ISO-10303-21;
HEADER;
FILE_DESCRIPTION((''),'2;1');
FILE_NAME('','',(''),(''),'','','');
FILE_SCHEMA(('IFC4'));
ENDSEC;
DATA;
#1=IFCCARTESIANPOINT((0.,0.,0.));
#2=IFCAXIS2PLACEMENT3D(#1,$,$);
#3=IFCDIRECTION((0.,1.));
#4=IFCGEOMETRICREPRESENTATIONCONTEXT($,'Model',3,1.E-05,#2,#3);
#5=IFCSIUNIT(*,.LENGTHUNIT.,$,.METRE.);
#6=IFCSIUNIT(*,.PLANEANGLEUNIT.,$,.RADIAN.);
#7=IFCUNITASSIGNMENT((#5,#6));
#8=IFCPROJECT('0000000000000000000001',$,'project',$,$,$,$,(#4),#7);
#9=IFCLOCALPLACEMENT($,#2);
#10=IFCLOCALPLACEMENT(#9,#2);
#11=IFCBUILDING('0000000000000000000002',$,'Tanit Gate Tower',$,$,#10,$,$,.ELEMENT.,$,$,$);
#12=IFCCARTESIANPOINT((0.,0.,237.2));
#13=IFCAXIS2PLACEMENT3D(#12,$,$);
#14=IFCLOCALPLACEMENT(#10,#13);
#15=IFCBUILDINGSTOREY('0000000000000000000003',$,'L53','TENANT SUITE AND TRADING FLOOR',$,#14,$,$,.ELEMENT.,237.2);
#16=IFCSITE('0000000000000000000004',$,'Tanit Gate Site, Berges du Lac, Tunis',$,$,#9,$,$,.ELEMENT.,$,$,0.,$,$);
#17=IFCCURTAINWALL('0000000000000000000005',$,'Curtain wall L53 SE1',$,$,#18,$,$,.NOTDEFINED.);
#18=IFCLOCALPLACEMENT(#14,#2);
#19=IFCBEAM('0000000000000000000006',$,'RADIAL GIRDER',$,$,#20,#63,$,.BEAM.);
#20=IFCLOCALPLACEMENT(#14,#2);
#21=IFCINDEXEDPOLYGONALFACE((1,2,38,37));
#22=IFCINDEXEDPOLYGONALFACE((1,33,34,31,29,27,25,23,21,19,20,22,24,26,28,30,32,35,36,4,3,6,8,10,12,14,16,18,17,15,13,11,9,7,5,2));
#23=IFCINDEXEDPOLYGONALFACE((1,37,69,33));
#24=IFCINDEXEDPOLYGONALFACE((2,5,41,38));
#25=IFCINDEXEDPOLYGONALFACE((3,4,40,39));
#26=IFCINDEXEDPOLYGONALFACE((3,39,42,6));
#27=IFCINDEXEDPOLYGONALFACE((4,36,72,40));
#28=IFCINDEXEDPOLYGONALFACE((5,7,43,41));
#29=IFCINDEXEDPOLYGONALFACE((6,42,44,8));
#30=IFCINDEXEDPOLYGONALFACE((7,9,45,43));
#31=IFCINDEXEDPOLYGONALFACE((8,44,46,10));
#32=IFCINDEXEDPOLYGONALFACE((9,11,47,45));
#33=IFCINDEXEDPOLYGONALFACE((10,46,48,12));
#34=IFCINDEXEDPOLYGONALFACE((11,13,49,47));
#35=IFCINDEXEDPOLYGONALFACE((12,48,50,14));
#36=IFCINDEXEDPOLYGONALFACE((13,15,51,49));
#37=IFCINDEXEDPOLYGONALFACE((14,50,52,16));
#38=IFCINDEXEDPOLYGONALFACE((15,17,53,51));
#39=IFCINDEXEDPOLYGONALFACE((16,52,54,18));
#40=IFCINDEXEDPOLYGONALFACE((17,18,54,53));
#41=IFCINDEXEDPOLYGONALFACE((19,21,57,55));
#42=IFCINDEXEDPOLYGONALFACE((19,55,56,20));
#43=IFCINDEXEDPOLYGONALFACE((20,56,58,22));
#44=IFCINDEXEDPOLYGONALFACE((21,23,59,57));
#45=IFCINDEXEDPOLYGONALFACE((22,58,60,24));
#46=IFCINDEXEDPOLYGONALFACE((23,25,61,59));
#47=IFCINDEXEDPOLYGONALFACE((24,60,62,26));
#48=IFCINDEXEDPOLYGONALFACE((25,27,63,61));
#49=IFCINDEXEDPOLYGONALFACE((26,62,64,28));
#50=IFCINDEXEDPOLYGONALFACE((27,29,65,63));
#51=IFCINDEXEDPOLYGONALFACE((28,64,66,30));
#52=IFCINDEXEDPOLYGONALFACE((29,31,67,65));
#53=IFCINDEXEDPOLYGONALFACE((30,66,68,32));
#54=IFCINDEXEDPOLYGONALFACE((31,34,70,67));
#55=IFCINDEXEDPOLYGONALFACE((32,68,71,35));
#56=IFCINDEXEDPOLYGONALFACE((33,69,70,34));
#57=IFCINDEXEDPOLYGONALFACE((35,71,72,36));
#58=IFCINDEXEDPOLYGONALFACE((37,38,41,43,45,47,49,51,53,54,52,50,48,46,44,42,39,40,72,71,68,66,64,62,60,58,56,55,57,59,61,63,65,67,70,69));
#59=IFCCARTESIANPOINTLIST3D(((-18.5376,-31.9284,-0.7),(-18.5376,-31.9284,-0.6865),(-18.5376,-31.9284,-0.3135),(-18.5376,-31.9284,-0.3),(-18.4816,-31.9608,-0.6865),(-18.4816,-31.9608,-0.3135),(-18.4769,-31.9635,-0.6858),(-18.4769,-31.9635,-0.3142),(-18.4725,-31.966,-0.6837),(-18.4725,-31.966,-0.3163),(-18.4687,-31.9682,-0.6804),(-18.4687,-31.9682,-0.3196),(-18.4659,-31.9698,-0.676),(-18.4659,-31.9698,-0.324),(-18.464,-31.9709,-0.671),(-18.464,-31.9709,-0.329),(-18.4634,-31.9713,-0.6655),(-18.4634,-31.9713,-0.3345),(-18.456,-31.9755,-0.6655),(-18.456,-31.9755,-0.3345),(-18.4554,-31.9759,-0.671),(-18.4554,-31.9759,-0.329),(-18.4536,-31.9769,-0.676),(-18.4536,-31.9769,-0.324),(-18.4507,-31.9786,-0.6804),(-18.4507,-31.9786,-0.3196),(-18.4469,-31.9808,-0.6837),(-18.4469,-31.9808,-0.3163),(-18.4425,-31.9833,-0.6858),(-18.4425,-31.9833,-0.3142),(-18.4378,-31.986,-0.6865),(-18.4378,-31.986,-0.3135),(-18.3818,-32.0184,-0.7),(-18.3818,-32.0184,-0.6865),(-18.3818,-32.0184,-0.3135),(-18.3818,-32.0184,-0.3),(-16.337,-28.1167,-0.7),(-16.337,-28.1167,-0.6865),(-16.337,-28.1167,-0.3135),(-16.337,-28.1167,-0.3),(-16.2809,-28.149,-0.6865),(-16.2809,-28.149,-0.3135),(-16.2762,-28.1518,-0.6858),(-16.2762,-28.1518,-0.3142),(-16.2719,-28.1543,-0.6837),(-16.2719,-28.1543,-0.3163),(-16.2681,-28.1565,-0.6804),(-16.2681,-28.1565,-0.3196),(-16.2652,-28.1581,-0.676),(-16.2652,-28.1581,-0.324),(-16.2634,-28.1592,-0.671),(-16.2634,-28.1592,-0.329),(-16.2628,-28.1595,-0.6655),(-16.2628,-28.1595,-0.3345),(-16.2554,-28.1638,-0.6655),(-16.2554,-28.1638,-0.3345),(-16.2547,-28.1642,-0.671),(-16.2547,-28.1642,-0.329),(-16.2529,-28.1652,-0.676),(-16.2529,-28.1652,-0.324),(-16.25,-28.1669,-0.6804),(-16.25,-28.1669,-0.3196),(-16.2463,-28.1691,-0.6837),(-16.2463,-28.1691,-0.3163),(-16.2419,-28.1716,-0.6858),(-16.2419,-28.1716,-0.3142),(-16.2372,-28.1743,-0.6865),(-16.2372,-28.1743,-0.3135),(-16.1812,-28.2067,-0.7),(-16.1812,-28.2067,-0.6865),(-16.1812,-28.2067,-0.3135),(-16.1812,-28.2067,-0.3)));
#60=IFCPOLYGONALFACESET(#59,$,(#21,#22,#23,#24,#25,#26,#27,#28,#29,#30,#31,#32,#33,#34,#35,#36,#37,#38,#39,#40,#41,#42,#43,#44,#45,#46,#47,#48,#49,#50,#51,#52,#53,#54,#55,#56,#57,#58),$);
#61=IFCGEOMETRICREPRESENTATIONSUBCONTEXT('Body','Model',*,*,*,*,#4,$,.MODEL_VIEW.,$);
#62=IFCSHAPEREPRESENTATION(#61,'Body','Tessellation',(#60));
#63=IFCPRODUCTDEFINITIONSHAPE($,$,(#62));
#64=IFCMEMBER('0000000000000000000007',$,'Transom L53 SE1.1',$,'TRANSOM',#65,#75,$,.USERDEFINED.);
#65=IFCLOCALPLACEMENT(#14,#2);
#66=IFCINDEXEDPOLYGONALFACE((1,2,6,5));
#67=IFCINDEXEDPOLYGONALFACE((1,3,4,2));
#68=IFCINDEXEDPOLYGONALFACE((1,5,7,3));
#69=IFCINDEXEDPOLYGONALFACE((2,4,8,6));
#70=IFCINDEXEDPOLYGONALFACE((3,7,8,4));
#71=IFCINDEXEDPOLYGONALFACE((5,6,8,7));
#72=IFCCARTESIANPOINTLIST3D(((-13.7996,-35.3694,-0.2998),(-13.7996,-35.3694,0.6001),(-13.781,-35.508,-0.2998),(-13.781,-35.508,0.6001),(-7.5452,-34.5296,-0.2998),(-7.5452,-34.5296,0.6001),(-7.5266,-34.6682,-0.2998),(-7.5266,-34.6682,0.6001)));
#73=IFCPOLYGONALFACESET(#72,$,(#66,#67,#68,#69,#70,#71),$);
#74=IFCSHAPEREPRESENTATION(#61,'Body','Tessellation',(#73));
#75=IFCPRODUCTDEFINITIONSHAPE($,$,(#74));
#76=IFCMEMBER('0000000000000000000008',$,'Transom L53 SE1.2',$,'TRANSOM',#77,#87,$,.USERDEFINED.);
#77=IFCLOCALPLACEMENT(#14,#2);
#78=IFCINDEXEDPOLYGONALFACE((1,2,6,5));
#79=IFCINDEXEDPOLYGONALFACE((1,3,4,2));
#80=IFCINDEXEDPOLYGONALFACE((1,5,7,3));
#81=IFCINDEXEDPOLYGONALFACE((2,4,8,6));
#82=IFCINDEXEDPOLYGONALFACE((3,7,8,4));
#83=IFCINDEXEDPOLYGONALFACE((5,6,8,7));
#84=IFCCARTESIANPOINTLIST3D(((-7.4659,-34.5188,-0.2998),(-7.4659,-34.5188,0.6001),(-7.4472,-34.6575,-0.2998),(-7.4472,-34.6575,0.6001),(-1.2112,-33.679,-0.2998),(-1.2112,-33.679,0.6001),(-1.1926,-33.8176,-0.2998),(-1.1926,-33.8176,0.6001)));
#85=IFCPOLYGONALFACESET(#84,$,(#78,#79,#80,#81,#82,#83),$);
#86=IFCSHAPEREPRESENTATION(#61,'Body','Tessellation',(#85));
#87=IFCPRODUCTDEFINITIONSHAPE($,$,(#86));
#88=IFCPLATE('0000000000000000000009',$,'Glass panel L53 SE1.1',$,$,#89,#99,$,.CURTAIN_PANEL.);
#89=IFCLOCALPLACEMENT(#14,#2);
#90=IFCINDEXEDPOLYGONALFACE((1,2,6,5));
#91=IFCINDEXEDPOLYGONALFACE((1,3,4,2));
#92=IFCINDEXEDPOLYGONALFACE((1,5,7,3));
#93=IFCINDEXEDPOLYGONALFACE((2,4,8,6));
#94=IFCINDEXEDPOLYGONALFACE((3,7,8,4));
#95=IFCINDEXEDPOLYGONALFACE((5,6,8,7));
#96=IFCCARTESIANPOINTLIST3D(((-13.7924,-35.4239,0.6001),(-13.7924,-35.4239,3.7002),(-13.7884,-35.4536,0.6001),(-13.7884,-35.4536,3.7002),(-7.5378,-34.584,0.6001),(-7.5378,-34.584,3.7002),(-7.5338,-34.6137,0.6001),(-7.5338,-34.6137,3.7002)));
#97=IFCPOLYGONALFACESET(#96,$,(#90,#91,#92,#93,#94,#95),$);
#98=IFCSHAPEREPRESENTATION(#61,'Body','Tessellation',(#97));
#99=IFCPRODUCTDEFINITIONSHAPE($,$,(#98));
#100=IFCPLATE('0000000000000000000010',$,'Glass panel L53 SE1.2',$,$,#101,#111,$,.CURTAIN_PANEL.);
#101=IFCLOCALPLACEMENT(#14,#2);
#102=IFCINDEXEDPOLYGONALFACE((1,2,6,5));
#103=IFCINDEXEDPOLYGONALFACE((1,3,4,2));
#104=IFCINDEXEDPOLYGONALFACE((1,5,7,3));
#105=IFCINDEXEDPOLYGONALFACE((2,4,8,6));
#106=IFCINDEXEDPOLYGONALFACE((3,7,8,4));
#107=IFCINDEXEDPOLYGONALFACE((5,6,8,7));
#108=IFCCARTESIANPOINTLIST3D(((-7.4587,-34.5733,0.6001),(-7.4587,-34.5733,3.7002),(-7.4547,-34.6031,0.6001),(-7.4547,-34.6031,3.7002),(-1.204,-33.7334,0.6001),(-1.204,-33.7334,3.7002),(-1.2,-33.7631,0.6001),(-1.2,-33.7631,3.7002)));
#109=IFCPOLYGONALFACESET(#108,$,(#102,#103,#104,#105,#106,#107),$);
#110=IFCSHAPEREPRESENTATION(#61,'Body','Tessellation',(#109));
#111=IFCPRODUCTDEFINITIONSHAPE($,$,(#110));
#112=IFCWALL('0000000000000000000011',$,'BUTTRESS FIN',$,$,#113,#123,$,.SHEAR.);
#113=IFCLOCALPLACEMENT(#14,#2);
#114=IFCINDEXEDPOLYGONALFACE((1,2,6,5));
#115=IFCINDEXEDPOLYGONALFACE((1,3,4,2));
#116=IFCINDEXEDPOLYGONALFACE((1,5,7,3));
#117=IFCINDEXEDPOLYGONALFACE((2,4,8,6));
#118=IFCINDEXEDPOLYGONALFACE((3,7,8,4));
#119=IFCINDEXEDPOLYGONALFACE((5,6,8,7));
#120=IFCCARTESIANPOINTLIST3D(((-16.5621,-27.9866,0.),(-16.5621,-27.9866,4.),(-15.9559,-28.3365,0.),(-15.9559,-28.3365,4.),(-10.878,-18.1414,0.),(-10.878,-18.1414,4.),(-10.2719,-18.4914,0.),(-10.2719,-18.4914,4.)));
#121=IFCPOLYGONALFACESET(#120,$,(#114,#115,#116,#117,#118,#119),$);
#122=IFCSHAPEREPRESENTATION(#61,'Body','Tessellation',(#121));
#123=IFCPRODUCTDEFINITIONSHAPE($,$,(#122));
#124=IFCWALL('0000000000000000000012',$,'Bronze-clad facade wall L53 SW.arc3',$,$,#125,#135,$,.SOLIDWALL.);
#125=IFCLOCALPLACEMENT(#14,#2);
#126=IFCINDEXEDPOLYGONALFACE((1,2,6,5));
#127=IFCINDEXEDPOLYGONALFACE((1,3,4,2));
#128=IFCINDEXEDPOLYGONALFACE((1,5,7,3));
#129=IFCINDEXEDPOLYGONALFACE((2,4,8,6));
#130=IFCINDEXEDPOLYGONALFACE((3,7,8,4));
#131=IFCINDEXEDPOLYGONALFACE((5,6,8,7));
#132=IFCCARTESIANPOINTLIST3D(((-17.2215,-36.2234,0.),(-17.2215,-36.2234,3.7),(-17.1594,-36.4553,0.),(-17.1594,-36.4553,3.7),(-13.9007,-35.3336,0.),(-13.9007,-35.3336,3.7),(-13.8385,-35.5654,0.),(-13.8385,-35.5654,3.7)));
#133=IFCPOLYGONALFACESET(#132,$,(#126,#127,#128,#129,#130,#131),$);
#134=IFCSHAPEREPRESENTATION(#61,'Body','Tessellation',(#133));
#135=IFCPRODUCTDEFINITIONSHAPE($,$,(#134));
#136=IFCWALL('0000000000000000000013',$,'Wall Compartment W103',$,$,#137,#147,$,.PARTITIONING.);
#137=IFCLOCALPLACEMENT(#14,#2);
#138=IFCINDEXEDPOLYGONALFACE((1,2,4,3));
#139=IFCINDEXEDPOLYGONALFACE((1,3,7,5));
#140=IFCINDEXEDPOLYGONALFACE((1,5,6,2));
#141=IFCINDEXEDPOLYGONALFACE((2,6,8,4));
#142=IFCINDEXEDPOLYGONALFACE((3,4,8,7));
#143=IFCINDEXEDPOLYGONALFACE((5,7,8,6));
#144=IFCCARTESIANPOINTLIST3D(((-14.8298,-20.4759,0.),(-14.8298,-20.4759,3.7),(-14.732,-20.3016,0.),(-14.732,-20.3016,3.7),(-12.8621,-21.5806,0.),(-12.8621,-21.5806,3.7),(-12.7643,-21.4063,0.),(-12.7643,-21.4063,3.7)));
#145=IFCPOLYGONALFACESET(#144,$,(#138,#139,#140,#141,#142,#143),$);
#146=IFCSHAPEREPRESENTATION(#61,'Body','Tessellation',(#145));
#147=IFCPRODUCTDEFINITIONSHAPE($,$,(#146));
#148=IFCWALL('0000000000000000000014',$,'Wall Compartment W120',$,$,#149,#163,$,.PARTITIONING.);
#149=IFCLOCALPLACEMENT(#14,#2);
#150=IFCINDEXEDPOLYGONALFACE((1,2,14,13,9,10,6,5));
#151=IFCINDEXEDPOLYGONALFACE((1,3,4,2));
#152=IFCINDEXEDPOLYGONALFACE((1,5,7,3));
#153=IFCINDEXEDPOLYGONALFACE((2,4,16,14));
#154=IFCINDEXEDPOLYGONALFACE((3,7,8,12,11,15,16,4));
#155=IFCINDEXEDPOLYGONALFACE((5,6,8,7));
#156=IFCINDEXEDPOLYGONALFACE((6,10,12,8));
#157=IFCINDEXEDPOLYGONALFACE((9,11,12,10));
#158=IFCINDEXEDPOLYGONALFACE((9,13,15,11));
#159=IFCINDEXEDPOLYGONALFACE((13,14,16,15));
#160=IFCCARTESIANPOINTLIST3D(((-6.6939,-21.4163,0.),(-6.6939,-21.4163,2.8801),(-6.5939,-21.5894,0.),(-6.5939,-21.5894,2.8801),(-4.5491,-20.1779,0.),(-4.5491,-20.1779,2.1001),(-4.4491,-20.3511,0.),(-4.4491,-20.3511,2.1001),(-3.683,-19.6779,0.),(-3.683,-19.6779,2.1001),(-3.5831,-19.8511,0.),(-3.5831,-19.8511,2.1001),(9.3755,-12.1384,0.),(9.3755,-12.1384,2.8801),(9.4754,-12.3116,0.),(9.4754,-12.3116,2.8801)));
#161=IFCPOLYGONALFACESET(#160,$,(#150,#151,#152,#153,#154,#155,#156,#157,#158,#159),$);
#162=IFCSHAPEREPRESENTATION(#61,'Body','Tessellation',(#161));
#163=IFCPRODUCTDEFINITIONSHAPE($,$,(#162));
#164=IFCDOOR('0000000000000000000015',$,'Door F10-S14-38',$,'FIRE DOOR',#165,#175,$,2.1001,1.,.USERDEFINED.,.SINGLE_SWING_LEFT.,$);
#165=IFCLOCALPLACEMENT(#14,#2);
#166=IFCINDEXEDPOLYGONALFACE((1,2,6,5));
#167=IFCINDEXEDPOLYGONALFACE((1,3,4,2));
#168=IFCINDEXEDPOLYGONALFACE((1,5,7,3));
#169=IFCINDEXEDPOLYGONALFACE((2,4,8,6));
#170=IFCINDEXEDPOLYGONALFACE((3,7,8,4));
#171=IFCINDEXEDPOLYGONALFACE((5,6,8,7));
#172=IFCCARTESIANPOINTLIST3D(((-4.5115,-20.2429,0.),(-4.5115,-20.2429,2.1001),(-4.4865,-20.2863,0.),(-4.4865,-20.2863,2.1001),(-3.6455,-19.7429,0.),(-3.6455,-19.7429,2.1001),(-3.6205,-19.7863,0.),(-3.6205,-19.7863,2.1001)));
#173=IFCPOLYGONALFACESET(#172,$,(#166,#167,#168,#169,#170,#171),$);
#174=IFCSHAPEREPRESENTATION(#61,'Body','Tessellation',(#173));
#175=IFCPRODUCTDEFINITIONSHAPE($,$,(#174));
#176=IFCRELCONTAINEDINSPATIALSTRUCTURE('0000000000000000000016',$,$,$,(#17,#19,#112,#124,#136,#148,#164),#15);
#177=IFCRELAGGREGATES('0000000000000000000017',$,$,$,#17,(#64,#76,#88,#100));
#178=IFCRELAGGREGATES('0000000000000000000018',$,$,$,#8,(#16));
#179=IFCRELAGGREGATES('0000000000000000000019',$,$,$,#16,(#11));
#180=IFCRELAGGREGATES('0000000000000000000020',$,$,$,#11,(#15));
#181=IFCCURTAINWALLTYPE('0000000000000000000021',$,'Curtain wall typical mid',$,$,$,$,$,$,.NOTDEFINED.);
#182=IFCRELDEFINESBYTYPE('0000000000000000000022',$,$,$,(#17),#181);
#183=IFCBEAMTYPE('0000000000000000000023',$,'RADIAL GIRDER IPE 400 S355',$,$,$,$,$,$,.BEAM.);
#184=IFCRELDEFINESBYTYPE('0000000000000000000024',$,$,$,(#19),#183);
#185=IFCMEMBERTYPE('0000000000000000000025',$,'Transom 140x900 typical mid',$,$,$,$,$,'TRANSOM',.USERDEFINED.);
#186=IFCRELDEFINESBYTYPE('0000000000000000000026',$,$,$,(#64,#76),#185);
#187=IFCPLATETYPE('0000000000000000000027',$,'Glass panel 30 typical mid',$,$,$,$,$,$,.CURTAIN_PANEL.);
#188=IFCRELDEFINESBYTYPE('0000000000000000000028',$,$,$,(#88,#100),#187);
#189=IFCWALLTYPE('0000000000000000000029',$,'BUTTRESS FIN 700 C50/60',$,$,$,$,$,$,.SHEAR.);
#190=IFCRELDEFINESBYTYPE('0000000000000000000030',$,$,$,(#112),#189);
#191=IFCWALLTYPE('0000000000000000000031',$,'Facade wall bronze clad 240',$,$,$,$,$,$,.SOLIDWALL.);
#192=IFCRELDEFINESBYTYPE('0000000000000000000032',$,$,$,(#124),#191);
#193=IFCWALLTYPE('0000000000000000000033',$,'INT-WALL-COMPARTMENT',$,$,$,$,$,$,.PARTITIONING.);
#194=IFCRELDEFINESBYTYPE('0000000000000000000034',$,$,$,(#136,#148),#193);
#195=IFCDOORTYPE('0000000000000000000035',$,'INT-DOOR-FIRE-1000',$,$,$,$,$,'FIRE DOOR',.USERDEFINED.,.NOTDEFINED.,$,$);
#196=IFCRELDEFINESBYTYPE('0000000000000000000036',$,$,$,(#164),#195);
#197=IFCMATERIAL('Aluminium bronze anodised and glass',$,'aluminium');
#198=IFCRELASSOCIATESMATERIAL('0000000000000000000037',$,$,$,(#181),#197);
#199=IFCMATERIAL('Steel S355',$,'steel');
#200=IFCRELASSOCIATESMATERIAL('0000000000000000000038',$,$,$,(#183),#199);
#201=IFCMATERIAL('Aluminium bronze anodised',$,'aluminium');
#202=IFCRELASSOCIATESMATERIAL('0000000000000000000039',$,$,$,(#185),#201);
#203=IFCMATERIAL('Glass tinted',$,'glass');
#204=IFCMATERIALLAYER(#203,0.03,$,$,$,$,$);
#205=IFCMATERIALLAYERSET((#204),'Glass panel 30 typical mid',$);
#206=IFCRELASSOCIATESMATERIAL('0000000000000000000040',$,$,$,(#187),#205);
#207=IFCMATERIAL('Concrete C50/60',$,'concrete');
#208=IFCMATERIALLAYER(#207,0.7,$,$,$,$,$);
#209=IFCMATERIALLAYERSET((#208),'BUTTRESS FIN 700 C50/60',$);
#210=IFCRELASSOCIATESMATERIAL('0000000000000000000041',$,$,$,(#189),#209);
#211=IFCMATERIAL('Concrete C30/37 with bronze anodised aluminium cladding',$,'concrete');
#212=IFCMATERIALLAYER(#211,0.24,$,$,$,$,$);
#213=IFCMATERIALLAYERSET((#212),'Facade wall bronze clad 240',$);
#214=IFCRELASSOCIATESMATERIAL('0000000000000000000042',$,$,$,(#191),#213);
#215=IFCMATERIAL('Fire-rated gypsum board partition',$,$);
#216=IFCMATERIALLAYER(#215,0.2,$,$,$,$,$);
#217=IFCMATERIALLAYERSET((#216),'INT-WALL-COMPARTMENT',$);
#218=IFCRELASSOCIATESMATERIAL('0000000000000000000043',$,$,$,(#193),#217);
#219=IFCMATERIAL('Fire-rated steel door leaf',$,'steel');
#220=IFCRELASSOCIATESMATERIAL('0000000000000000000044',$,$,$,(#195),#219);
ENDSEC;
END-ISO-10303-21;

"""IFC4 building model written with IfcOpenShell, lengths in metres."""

from ifc_helpers import new_model, si_unit, direction, frame, frame_2d, origin, origin_2d, place, context, subcontext, project, spatial, rectangle, i_section, extrude, material, layer, layer_set, material_profile, profile_set, type_object, element, fill, aggregate, save


model = new_model("IFC4")

# Units and contexts
model_context = context("Model", 3, precision=1e-05, world=origin(), true_north=direction((0.0, 1.0)))
body_context = subcontext(model_context, "Body", "Model", "MODEL_VIEW")
ifc_project = project(units=[si_unit("LENGTHUNIT", "METRE"), si_unit("PLANEANGLEUNIT", "RADIAN")], contexts=[model_context])

# Site, building, storey
site_placement = place(None, origin())
site = spatial("IfcSite", under=ifc_project, at=site_placement, Name="Tanit Gate Site, Berges du Lac, Tunis", CompositionType="ELEMENT", RefElevation=0.0)
building_placement = place(site_placement, origin())
building = spatial("IfcBuilding", under=site, at=building_placement, Name="Tanit Gate Tower", CompositionType="ELEMENT")
storey_placement = place(building_placement, frame((0.0, 0.0, 237.2)))
storey = spatial("IfcBuildingStorey", under=building, at=storey_placement, Name="L53", Description="TENANT SUITE AND TRADING FLOOR", CompositionType="ELEMENT", Elevation=237.2)

# Curtain wall
ifc_material_1 = material(Name="Aluminium bronze anodised and glass", Category="aluminium")
curtain_wall_type = type_object("IfcCurtainWallType", Name="Curtain wall typical mid", PredefinedType="NOTDEFINED", material=ifc_material_1)
curtain_wall_placement = place(storey_placement, origin())
curtain_wall = element("IfcCurtainWall", 1, at=curtain_wall_placement, inside=storey, type_object=curtain_wall_type, Name="Curtain wall L53 SE1", PredefinedType="NOTDEFINED")

# Beam
ifc_material_2 = material(Name="Steel S355", Category="steel")
ifc_material_profile_1 = material_profile(ifc_material_2, i_section(OverallWidth=0.1799, OverallDepth=0.3999, WebThickness=0.0085, FlangeThickness=0.0134, FilletRadius=0.021, at=origin_2d()), Name="IPE 400")
ifc_profile_set_1 = profile_set([ifc_material_profile_1], Name="Steel S355")
beam_type_1 = type_object("IfcBeamType", Name="RADIAL GIRDER IPE 400 S355", PredefinedType="BEAM", material=ifc_profile_set_1)
beam_1_placement = place(storey_placement, frame((-18.4597, -31.9734, -0.5), z_axis=(0.499993, 0.866029, 0.0), x_axis=(-0.866029, 0.499993, 0.0)))
element("IfcBeam", 2, at=beam_1_placement, inside=storey, type_object=beam_type_1, Name="RADIAL GIRDER", PredefinedType="BEAM", context=body_context, shape_type="SweptSolid", body=[
    extrude(i_section(OverallWidth=0.1799, OverallDepth=0.3999, WebThickness=0.0085, FlangeThickness=0.0134, FilletRadius=0.021, at=origin_2d()), origin(), (0.0, 0.0, 1.0), 4.4014),
])

# Members
ifc_material_3 = material(Name="Aluminium bronze anodised", Category="aluminium")
ifc_material_profile_2 = material_profile(ifc_material_3, rectangle(XDim=0.1399, YDim=0.8999, at=origin_2d()), Name="140x900 bronze transom")
ifc_profile_set_2 = profile_set([ifc_material_profile_2], Name="Aluminium bronze anodised")
member_type_1 = type_object("IfcMemberType", Name="Transom 140x900 typical mid", ElementType="TRANSOM", PredefinedType="USERDEFINED", material=ifc_profile_set_2)
member_1_placement = place(storey_placement, frame((-13.7903, -35.4387, 0.1501), z_axis=(0.991104, 0.133086, 0.0), x_axis=(-0.133086, 0.991104, 0.0)))
member_1 = element("IfcMember", 3, at=member_1_placement, type_object=member_type_1, Name="Transom L53 SE1.1", ObjectType="TRANSOM", PredefinedType="USERDEFINED", context=body_context, shape_type="SweptSolid", body=[
    extrude(rectangle(XDim=0.1399, YDim=0.8999, at=origin_2d()), origin(), (0.0, 0.0, 1.0), 6.3105),
])
member_2_placement = place(storey_placement, frame((-7.4565, -34.5881, 0.1501), z_axis=(0.991105, 0.133081, 0.0), x_axis=(-0.133081, 0.991105, 0.0)))
member_2 = element("IfcMember", 4, at=member_2_placement, type_object=member_type_1, Name="Transom L53 SE1.2", ObjectType="TRANSOM", PredefinedType="USERDEFINED", context=body_context, shape_type="SweptSolid", body=[
    extrude(rectangle(XDim=0.1399, YDim=0.8999, at=origin_2d()), origin(), (0.0, 0.0, 1.0), 6.3108),
])

# Plates
ifc_material_4 = material(Name="Glass tinted", Category="glass")
ifc_layer_1 = layer(ifc_material_4, 0.03)
ifc_layer_set_1 = layer_set([ifc_layer_1], Name="Glass panel 30 typical mid")
plate_type = type_object("IfcPlateType", Name="Glass panel 30 typical mid", PredefinedType="CURTAIN_PANEL", material=ifc_layer_set_1)
plate_1_placement = place(storey_placement, frame((-10.6631, -35.0188, 0.6001), z_axis=(0.0, 0.0, 1.0), x_axis=(0.991104, 0.133092, 0.0)))
plate_1 = element("IfcPlate", 5, at=plate_1_placement, type_object=plate_type, Name="Glass panel L53 SE1.1", PredefinedType="CURTAIN_PANEL", context=body_context, shape_type="SweptSolid", body=[
    extrude(rectangle(XDim=6.3108, YDim=0.03, at=origin_2d()), origin(), (0.0, 0.0, 1.0), 3.1001),
])
plate_2_placement = place(storey_placement, frame((-4.3293, -34.1682, 0.6001), z_axis=(0.0, 0.0, 1.0), x_axis=(0.991104, 0.133092, 0.0)))
plate_2 = element("IfcPlate", 6, at=plate_2_placement, type_object=plate_type, Name="Glass panel L53 SE1.2", PredefinedType="CURTAIN_PANEL", context=body_context, shape_type="SweptSolid", body=[
    extrude(rectangle(XDim=6.3108, YDim=0.03, at=origin_2d()), origin(), (0.0, 0.0, 1.0), 3.1001),
])
aggregate(curtain_wall, [member_1, member_2, plate_1, plate_2])

# Wall
ifc_material_5 = material(Name="Concrete C50/60", Category="concrete")
ifc_layer_2 = layer(ifc_material_5, 0.7)
ifc_layer_set_2 = layer_set([ifc_layer_2], Name="BUTTRESS FIN 700 C50/60")
wall_type_1 = type_object("IfcWallType", Name="BUTTRESS FIN 700 C50/60", PredefinedType="SHEAR", material=ifc_layer_set_2)
wall_1_placement = place(storey_placement, frame((-10.575, -18.3164, 0.0), z_axis=(0.0, 0.0, 1.0), x_axis=(-0.499996, -0.866028, 0.0)))
element("IfcWall", 7, at=wall_1_placement, inside=storey, type_object=wall_type_1, Name="BUTTRESS FIN", PredefinedType="SHEAR", context=body_context, shape_type="SweptSolid", body=[
    extrude(rectangle(XDim=11.3682, YDim=0.7, at=frame_2d((5.6841, 0.0))), origin(), (0.0, 0.0, 1.0), 4.0),
])

# Walls
ifc_material_6 = material(Name="Concrete C30/37 with bronze anodised aluminium cladding", Category="concrete")
ifc_layer_3 = layer(ifc_material_6, 0.24)
ifc_layer_set_3 = layer_set([ifc_layer_3], Name="Facade wall bronze clad 240")
wall_type_2 = type_object("IfcWallType", Name="Facade wall bronze clad 240", PredefinedType="SOLIDWALL", material=ifc_layer_set_3)
wall_2_placement = place(storey_placement, frame((-17.1904, -36.3394, 0.0), z_axis=(0.0, 0.0, 1.0), x_axis=(0.96592, 0.258843, 0.0)))
element("IfcWall", 8, at=wall_2_placement, inside=storey, type_object=wall_type_2, Name="Bronze-clad facade wall L53 SW.arc3", PredefinedType="SOLIDWALL", context=body_context, shape_type="SweptSolid", body=[
    extrude(rectangle(XDim=3.438, YDim=0.24, at=frame_2d((1.719, 0.0))), origin(), (0.0, 0.0, 1.0), 3.7),
])
ifc_material_7 = material(Name="Fire-rated gypsum board partition")
ifc_layer_4 = layer(ifc_material_7, 0.2)
ifc_layer_set_4 = layer_set([ifc_layer_4], Name="INT-WALL-COMPARTMENT")
wall_type_3 = type_object("IfcWallType", Name="INT-WALL-COMPARTMENT", PredefinedType="PARTITIONING", material=ifc_layer_set_4)
wall_3_placement = place(storey_placement, frame((-14.781, -20.3887, 0.0), z_axis=(0.0, 0.0, 1.0), x_axis=(0.87198, -0.489542, 0.0)))
element("IfcWall", 9, at=wall_3_placement, inside=storey, type_object=wall_type_3, Name="Wall Compartment W103", PredefinedType="PARTITIONING", context=body_context, shape_type="SweptSolid", body=[
    extrude(rectangle(XDim=2.2566, YDim=0.2, at=frame_2d((1.1284, 0.0))), origin(), (0.0, 0.0, 1.0), 3.7),
])

# Wall, opening, door
wall_4_placement = place(storey_placement, frame((-6.644, -21.5029, 0.0), z_axis=(0.0, 0.0, 1.0), x_axis=(0.866021, 0.500008, 0.0)))
wall_4 = element("IfcWall", 10, at=wall_4_placement, inside=storey, type_object=wall_type_3, Name="Wall Compartment W120", PredefinedType="PARTITIONING", context=body_context, shape_type="SweptSolid", body=[
    extrude(rectangle(XDim=18.5554, YDim=0.2, at=frame_2d((9.2778, 0.0))), origin(), (0.0, 0.0, 1.0), 2.8801),
])
opening_1_placement = place(wall_4_placement, frame((2.4768, 0.0, 0.0)))
opening_1 = element("IfcOpeningElement", 11, at=opening_1_placement, cuts=wall_4, PredefinedType="OPENING", context=body_context, shape_type="SweptSolid", body=[
    extrude(rectangle(XDim=1.0, YDim=2.1001, at=frame_2d((0.5, 1.05))), frame((0.0, 0.1099, 0.0), z_axis=(0.0, -1.0, 0.0), x_axis=(1.0, 0.0, 0.0)), (0.0, 0.0, 1.0), 0.22),
])
ifc_material_8 = material(Name="Fire-rated steel door leaf", Category="steel")
door_type_1 = type_object("IfcDoorType", Name="INT-DOOR-FIRE-1000", ElementType="FIRE DOOR", OperationType="NOTDEFINED", PredefinedType="USERDEFINED", material=ifc_material_8)
door_1_placement = place(opening_1_placement, origin())
door_1 = element("IfcDoor", 12, at=door_1_placement, inside=storey, type_object=door_type_1, Name="Door F10-S14-38", ObjectType="FIRE DOOR", OperationType="SINGLE_SWING_LEFT", OverallHeight=2.1001, OverallWidth=1.0, PredefinedType="USERDEFINED", context=body_context, shape_type="SweptSolid", body=[
    extrude(rectangle(XDim=1.0, YDim=2.1001, at=frame_2d((0.5, 1.05))), frame((0.0, 0.0249, 0.0), z_axis=(0.0, -1.0, 0.0), x_axis=(1.0, 0.0, 0.0)), (0.0, 0.0, 1.0), 0.05),
])
fill(opening_1, door_1)

save(model, "model.ifc")
